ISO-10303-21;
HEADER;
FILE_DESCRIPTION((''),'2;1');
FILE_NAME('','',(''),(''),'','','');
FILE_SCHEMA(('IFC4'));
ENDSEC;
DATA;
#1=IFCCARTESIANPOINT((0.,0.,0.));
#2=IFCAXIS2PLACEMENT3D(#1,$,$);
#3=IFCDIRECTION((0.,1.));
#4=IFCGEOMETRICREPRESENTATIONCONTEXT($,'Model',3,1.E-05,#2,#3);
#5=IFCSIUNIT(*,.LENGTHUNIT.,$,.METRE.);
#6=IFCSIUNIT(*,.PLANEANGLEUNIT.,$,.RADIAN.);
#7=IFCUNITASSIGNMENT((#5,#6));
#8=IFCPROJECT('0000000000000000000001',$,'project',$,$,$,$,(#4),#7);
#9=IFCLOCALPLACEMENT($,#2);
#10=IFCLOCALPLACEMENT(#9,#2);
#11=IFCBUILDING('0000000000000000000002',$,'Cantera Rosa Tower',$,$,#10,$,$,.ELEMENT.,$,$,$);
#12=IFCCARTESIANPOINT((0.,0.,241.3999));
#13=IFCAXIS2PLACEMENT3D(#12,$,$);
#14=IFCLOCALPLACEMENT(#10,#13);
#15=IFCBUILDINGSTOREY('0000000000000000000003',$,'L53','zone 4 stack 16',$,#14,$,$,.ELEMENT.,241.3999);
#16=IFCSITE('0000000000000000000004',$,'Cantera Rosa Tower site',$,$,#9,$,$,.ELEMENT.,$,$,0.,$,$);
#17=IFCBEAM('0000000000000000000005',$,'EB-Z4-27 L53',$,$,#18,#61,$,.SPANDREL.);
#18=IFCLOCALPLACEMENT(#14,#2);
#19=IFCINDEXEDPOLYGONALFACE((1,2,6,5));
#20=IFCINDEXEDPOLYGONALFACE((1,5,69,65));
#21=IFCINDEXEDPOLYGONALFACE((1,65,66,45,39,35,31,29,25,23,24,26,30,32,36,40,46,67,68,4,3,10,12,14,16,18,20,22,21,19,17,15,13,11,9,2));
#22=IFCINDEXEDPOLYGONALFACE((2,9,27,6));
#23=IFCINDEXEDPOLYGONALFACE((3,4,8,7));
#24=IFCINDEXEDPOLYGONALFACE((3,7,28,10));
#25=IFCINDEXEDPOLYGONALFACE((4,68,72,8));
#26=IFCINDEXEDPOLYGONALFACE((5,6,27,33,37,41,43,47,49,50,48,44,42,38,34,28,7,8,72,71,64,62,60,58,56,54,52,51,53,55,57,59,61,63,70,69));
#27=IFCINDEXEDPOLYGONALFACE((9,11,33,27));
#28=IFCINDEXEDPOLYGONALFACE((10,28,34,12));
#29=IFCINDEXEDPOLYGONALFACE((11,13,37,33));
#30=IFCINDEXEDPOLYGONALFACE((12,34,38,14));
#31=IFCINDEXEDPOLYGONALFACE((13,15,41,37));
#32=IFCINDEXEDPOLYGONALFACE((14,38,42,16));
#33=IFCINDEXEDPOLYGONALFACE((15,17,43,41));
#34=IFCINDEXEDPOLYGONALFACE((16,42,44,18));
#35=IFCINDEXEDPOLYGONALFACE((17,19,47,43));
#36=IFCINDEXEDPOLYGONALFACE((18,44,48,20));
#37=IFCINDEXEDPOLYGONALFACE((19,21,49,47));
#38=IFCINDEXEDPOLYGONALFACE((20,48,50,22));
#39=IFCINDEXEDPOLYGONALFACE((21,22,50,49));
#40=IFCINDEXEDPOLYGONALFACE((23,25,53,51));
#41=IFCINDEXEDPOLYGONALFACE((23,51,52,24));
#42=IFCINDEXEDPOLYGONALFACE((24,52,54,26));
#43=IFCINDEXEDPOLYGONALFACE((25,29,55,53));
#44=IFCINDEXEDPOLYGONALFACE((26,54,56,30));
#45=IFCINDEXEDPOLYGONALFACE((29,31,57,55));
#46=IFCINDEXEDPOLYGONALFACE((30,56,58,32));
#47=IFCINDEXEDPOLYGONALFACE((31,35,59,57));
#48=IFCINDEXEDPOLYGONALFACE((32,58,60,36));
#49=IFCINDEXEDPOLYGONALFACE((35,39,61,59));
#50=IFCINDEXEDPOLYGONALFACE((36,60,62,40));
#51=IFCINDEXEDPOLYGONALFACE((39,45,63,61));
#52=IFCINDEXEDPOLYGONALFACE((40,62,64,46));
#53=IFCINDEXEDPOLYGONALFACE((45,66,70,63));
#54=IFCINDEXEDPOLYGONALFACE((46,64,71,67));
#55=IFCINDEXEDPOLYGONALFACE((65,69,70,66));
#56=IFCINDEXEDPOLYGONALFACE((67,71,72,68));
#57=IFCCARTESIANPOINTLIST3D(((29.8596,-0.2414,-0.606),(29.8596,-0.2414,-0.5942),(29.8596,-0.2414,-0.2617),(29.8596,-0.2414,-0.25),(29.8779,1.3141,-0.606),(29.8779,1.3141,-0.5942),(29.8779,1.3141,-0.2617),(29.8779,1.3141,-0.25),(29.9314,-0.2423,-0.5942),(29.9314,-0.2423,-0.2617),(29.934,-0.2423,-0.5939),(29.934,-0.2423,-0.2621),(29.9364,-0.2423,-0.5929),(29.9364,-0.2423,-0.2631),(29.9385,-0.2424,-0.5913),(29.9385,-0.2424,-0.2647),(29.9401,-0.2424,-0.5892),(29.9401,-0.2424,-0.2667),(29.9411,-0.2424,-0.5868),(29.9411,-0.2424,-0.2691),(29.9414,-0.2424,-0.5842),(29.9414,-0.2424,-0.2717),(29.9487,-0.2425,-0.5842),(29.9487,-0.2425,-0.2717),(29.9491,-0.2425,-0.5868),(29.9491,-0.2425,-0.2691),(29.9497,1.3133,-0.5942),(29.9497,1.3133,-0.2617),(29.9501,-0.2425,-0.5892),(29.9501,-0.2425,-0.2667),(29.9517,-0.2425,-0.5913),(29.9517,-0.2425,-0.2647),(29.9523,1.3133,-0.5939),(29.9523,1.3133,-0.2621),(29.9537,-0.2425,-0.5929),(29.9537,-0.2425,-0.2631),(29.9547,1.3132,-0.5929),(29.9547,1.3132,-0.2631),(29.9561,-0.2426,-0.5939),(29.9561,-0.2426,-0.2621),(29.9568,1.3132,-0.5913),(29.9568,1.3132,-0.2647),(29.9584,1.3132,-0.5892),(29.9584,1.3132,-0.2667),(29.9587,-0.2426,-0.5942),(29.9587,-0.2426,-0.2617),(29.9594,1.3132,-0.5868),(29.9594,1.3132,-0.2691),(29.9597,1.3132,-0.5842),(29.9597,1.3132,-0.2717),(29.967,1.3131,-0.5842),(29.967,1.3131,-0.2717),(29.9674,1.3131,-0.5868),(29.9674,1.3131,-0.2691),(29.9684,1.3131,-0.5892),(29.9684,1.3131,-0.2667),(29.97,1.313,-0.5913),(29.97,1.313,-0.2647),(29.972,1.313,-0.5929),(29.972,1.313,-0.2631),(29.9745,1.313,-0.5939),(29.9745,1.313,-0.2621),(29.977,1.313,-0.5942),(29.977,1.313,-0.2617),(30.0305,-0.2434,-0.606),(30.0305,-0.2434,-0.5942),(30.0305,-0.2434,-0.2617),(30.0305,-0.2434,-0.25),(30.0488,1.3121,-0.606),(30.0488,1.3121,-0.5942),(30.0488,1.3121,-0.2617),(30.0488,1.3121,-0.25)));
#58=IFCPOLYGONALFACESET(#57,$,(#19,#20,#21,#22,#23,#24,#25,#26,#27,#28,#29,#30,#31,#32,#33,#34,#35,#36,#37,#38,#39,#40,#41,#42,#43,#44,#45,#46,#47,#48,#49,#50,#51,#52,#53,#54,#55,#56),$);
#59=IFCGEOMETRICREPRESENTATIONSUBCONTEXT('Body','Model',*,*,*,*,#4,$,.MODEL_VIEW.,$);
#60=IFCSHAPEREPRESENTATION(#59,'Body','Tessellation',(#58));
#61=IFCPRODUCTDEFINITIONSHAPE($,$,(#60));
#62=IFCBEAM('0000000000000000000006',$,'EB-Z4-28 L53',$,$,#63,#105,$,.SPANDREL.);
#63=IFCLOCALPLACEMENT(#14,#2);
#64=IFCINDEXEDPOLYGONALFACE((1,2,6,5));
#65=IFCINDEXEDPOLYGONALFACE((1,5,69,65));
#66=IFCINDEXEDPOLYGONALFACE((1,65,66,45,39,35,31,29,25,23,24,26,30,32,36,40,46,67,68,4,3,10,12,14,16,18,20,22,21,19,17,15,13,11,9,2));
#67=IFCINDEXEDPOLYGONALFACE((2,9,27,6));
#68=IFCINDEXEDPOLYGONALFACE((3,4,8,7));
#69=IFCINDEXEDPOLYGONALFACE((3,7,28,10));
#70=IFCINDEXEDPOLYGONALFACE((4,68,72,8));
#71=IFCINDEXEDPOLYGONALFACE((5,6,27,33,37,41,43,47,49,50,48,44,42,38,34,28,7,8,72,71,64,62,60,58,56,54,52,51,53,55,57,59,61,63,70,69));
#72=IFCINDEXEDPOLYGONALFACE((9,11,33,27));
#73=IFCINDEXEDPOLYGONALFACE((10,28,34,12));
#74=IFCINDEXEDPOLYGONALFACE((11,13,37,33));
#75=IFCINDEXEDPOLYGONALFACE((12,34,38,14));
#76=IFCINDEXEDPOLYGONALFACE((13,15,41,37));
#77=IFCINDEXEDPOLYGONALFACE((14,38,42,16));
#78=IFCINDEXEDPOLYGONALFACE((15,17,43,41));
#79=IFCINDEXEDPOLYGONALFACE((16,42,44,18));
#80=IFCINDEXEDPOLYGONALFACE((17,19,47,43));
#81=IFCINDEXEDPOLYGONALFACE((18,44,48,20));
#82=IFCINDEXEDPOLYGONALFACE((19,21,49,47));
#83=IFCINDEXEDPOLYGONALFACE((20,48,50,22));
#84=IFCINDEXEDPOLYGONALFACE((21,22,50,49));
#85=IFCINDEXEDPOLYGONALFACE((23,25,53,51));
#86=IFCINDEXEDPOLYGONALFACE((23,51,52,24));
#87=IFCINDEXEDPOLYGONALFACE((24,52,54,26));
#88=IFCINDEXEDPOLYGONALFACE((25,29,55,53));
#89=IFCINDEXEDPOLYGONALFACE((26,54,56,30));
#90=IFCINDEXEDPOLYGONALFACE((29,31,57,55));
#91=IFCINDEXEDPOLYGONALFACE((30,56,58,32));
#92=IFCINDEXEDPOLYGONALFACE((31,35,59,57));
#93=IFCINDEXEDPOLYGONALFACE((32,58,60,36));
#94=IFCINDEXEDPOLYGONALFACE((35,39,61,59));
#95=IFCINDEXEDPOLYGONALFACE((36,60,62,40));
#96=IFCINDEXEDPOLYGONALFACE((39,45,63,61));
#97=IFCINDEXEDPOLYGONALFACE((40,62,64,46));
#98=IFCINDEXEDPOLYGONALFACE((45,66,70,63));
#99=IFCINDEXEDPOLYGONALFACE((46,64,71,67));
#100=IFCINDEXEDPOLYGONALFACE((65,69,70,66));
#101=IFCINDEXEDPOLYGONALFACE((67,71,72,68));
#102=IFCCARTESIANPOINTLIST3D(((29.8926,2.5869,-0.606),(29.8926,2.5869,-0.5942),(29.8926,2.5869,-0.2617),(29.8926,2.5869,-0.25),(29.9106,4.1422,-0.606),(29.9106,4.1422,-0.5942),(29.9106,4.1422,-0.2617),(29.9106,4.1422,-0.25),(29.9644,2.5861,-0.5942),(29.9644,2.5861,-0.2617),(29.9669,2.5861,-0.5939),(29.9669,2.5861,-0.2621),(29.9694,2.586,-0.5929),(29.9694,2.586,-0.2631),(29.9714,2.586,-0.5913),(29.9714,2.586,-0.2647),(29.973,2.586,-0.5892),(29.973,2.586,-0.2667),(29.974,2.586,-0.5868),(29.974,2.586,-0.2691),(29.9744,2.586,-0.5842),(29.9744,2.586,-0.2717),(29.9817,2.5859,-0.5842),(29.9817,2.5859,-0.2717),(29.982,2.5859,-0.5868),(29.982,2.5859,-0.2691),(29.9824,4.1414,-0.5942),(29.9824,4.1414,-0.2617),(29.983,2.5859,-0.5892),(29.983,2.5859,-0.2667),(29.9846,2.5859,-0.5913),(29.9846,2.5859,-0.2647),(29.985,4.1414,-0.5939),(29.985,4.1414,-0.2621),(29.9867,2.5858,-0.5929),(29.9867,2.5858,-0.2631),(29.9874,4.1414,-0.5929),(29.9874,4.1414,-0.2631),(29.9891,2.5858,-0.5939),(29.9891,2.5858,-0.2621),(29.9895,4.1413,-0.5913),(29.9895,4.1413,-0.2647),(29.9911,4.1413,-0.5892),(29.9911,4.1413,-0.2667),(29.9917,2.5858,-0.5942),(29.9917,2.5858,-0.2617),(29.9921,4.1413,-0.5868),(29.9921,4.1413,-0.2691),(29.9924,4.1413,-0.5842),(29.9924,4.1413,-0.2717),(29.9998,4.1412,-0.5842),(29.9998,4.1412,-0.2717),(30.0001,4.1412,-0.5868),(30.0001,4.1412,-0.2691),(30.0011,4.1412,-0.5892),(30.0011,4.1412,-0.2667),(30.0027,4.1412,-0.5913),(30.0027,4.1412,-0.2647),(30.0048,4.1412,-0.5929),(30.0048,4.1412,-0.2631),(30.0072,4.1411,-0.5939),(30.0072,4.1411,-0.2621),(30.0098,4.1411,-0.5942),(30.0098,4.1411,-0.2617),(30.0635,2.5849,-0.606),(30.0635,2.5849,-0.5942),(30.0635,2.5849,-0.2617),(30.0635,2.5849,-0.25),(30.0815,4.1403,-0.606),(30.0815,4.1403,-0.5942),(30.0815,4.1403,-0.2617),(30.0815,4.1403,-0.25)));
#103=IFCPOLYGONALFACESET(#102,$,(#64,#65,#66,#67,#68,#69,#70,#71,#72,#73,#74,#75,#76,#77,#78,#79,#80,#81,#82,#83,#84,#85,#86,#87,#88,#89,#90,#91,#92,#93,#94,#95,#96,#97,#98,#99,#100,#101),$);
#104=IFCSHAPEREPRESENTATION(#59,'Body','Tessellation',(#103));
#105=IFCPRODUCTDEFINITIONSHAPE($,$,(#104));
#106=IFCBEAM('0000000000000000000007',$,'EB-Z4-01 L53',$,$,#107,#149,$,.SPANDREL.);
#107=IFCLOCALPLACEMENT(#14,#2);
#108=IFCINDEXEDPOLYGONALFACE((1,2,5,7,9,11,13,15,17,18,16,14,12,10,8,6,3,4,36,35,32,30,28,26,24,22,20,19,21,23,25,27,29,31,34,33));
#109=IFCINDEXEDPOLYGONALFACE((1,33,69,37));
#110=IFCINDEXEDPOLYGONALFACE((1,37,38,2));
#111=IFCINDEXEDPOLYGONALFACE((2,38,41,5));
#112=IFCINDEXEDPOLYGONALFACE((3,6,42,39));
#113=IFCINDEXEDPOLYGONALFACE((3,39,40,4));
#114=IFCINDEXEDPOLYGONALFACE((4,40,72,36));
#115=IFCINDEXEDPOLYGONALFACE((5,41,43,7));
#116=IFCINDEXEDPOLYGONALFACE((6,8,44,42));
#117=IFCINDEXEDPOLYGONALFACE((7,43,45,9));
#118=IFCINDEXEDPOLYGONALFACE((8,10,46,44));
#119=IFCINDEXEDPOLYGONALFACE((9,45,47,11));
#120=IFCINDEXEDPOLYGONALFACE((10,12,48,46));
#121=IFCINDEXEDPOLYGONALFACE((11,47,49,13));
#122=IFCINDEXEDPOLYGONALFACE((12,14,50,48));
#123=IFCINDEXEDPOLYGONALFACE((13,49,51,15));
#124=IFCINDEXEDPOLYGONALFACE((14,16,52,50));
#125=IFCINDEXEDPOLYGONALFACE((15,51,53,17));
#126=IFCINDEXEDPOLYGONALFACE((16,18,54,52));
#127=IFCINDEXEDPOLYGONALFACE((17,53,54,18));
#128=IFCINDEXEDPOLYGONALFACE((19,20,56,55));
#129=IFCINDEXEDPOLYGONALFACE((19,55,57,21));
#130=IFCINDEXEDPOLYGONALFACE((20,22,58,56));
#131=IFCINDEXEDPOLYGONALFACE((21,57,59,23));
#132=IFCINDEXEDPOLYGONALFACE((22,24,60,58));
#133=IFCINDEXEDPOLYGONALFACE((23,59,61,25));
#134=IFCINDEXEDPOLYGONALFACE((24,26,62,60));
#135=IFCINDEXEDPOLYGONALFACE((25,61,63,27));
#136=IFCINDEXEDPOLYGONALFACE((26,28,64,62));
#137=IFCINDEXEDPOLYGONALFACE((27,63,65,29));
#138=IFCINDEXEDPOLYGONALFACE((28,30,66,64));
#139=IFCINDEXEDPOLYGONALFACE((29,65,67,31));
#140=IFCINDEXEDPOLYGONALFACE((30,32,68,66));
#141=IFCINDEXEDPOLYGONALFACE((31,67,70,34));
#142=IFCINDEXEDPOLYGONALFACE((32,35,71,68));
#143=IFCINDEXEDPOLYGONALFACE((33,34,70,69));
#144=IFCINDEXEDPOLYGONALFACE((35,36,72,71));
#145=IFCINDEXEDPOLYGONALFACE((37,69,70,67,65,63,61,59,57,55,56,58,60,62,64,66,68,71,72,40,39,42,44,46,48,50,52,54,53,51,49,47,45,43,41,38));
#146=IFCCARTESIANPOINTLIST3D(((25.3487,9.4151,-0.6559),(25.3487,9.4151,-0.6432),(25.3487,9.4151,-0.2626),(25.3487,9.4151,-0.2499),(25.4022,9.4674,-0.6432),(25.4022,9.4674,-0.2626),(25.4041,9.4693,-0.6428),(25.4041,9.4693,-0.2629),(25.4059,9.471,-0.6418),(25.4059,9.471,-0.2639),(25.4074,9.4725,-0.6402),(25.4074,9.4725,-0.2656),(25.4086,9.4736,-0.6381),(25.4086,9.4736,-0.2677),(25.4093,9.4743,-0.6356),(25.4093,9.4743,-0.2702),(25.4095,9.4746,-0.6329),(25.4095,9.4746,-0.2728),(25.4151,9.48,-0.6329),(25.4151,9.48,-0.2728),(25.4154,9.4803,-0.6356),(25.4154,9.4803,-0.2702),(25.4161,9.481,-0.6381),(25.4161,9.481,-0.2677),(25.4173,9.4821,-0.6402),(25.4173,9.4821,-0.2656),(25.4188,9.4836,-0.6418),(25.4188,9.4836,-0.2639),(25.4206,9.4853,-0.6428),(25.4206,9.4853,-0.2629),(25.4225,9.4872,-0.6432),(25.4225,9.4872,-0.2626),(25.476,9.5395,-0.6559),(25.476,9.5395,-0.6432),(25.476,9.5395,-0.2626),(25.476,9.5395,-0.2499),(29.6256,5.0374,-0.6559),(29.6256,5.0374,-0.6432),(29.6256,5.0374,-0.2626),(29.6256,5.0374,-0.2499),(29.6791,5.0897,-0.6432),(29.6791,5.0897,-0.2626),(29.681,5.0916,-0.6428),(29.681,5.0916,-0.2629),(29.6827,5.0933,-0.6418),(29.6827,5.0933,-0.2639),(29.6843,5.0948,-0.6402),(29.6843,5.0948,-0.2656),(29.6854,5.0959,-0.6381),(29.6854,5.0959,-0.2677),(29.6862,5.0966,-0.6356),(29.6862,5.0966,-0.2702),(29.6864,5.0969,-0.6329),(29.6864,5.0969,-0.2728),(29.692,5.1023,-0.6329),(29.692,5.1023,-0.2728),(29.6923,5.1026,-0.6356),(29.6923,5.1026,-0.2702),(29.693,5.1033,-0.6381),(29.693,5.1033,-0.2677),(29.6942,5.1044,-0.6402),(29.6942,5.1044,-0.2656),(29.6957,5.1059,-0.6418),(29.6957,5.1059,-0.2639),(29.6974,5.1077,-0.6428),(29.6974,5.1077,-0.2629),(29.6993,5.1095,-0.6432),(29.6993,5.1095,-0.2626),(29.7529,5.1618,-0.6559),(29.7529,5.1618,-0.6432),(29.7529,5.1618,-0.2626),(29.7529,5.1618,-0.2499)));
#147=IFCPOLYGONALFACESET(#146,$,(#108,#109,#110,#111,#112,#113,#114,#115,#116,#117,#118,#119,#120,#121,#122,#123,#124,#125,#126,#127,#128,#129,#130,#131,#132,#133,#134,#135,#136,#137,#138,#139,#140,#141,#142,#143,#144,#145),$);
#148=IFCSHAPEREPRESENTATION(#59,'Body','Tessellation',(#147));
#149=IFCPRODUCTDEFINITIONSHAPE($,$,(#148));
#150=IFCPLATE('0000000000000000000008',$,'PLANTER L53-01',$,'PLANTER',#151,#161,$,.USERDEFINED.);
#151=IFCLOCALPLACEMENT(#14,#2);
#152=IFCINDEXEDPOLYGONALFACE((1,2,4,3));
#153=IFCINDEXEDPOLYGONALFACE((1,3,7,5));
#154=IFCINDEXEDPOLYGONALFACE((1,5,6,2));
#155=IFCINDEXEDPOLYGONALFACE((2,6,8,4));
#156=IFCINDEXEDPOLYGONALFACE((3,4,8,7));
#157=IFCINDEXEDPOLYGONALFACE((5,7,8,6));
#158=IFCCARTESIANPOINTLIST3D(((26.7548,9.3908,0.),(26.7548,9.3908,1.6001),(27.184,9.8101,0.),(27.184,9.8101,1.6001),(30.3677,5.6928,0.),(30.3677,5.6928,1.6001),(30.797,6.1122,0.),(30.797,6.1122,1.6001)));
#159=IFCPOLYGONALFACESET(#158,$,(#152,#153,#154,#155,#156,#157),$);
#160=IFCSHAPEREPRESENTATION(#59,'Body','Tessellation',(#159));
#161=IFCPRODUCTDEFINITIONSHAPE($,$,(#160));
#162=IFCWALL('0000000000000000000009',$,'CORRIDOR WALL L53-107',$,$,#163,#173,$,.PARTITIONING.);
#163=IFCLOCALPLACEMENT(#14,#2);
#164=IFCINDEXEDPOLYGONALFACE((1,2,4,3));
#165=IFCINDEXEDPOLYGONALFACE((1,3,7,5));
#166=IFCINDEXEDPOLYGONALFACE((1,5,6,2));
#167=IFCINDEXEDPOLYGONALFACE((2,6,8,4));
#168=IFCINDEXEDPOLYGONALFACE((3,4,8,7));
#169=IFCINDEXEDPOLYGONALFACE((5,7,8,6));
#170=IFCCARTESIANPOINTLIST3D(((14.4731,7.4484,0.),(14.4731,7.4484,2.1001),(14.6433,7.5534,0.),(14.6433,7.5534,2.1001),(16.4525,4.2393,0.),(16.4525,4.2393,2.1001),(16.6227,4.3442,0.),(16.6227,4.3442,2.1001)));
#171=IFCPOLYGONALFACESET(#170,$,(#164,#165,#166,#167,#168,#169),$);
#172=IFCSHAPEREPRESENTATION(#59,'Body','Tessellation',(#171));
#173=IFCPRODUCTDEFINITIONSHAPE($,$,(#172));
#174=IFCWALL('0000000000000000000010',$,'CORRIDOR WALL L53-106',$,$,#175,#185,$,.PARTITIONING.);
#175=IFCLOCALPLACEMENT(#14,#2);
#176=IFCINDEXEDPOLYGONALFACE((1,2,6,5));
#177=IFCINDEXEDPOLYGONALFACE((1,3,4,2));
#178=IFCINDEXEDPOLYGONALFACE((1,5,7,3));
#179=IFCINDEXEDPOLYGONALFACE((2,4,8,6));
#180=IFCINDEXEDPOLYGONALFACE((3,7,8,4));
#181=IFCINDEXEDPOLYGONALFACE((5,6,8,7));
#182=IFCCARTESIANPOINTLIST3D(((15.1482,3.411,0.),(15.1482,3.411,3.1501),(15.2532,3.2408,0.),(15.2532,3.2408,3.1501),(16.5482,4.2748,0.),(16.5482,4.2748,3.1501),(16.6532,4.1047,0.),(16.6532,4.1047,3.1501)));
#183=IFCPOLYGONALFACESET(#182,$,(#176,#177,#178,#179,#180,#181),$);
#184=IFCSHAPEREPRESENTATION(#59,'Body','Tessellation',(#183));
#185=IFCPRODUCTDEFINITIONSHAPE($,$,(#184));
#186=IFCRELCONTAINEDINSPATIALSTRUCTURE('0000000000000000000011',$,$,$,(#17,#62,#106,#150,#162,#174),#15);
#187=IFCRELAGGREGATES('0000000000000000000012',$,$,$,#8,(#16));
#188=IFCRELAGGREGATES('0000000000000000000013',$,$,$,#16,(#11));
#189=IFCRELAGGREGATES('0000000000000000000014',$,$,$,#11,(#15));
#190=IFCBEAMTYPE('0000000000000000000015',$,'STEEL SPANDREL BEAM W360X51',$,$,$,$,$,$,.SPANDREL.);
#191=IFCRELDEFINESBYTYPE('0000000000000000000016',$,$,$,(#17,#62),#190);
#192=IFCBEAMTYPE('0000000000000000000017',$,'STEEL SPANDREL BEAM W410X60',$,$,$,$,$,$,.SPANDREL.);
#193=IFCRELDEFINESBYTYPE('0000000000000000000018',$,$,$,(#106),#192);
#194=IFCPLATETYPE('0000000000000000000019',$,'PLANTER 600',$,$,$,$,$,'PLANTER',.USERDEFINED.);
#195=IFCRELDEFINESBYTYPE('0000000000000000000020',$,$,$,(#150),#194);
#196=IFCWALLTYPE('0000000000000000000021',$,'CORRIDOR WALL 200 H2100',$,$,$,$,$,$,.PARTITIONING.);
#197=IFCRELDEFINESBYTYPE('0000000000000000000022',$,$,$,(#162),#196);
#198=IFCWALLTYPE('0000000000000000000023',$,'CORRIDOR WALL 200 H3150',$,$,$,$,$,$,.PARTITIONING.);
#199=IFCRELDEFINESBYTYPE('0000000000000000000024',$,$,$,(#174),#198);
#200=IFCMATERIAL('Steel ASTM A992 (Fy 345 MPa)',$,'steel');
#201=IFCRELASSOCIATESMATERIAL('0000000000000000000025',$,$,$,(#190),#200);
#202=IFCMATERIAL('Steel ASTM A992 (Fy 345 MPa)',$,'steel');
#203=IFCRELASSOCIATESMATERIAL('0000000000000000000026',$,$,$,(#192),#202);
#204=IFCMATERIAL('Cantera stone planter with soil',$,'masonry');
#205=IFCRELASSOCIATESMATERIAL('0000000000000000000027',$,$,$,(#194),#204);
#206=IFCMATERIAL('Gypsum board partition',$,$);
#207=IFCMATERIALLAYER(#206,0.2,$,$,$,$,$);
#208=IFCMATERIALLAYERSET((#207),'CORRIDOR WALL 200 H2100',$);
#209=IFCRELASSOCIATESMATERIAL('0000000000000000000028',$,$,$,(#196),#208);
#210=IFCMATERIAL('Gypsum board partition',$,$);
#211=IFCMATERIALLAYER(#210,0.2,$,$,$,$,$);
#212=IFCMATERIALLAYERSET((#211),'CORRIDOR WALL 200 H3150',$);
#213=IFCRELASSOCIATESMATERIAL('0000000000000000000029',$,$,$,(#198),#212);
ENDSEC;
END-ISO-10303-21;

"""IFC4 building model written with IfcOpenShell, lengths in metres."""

from ifc_helpers import new_model, si_unit, direction, frame, frame_2d, origin, origin_2d, place, context, subcontext, project, spatial, rectangle, i_section, extrude, material, layer, layer_set, material_profile, profile_set, type_object, element, save


model = new_model("IFC4")

# Units and contexts
model_context = context("Model", 3, precision=1e-05, world=origin(), true_north=direction((0.0, 1.0)))
body_context = subcontext(model_context, "Body", "Model", "MODEL_VIEW")
ifc_project = project(units=[si_unit("LENGTHUNIT", "METRE"), si_unit("PLANEANGLEUNIT", "RADIAN")], contexts=[model_context])

# Site, building, storey
site_placement = place(None, origin())
site = spatial("IfcSite", under=ifc_project, at=site_placement, Name="Cantera Rosa Tower site", CompositionType="ELEMENT", RefElevation=0.0)
building_placement = place(site_placement, origin())
building = spatial("IfcBuilding", under=site, at=building_placement, Name="Cantera Rosa Tower", CompositionType="ELEMENT")
storey_placement = place(building_placement, frame((0.0, 0.0, 241.3999)))
storey = spatial("IfcBuildingStorey", under=building, at=storey_placement, Name="L53", Description="zone 4 stack 16", CompositionType="ELEMENT", Elevation=241.3999)

# Beams
ifc_material_1 = material(Name="Steel ASTM A992 (Fy 345 MPa)", Category="steel")
ifc_material_profile_1 = material_profile(ifc_material_1, i_section(OverallWidth=0.1709, OverallDepth=0.356, WebThickness=0.0073, FlangeThickness=0.0117, FilletRadius=0.01, at=origin_2d()), Name="W360X51")
ifc_profile_set_1 = profile_set([ifc_material_profile_1], Name="Steel ASTM A992 (Fy 345 MPa)")
beam_type_1 = type_object("IfcBeamType", Name="STEEL SPANDREL BEAM W360X51", PredefinedType="SPANDREL", material=ifc_profile_set_1)
beam_1_placement = place(storey_placement, frame((29.9451, -0.2424, -0.428), z_axis=(0.011769, 0.999931, 0.0), x_axis=(-0.999931, 0.011769, 0.0)))
element("IfcBeam", 1, at=beam_1_placement, inside=storey, type_object=beam_type_1, Name="EB-Z4-27 L53", PredefinedType="SPANDREL", context=body_context, shape_type="SweptSolid", body=[
    extrude(i_section(OverallWidth=0.1709, OverallDepth=0.356, WebThickness=0.0073, FlangeThickness=0.0117, FilletRadius=0.01, at=origin_2d()), origin(), (0.0, 0.0, 1.0), 1.5557),
])
beam_2_placement = place(storey_placement, frame((29.978, 2.5859, -0.428), z_axis=(0.011614, 0.999933, 0.0), x_axis=(-0.999933, 0.011614, 0.0)))
element("IfcBeam", 2, at=beam_2_placement, inside=storey, type_object=beam_type_1, Name="EB-Z4-28 L53", PredefinedType="SPANDREL", context=body_context, shape_type="SweptSolid", body=[
    extrude(i_section(OverallWidth=0.1709, OverallDepth=0.356, WebThickness=0.0073, FlangeThickness=0.0117, FilletRadius=0.01, at=origin_2d()), origin(), (0.0, 0.0, 1.0), 1.5554),
])
ifc_material_2 = material(Name="Steel ASTM A992 (Fy 345 MPa)", Category="steel")
ifc_material_profile_2 = material_profile(ifc_material_2, i_section(OverallWidth=0.178, OverallDepth=0.406, WebThickness=0.0078, FlangeThickness=0.0127, FilletRadius=0.0103, at=origin_2d()), Name="W410X60")
ifc_profile_set_2 = profile_set([ifc_material_profile_2], Name="Steel ASTM A992 (Fy 345 MPa)")
beam_type_2 = type_object("IfcBeamType", Name="STEEL SPANDREL BEAM W410X60", PredefinedType="SPANDREL", material=ifc_profile_set_2)
beam_3_placement = place(storey_placement, frame((29.6892, 5.0996, -0.4529), z_axis=(-0.698821, 0.715296, 0.0), x_axis=(-0.715296, -0.698821, 0.0)))
element("IfcBeam", 3, at=beam_3_placement, inside=storey, type_object=beam_type_2, Name="EB-Z4-01 L53", PredefinedType="SPANDREL", context=body_context, shape_type="SweptSolid", body=[
    extrude(i_section(OverallWidth=0.178, OverallDepth=0.406, WebThickness=0.0078, FlangeThickness=0.0127, FilletRadius=0.0103, at=origin_2d()), origin(), (0.0, 0.0, 1.0), 6.1201),
])

# Plate
ifc_material_3 = material(Name="Cantera stone planter with soil", Category="masonry")
plate_type = type_object("IfcPlateType", Name="PLANTER 600", ElementType="PLANTER", PredefinedType="USERDEFINED", material=ifc_material_3)
plate_placement = place(storey_placement, frame((28.7759, 7.7515, 0.0), z_axis=(0.0, 0.0, 1.0), x_axis=(-0.698832, 0.715286, 0.0)))
element("IfcPlate", 4, at=plate_placement, inside=storey, type_object=plate_type, Name="PLANTER L53-01", ObjectType="PLANTER", PredefinedType="USERDEFINED", context=body_context, shape_type="SweptSolid", body=[
    extrude(rectangle(XDim=5.1699, YDim=0.6001, at=origin_2d()), origin(), (0.0, 0.0, 1.0), 1.6001),
])

# Walls
ifc_material_4 = material(Name="Gypsum board partition")
ifc_layer_1 = layer(ifc_material_4, 0.2)
ifc_layer_set_1 = layer_set([ifc_layer_1], Name="CORRIDOR WALL 200 H2100")
wall_type_1 = type_object("IfcWallType", Name="CORRIDOR WALL 200 H2100", PredefinedType="PARTITIONING", material=ifc_layer_set_1)
wall_1_placement = place(storey_placement, frame((16.5376, 4.2917, 0.0), z_axis=(0.0, 0.0, 1.0), x_axis=(-0.524979, 0.851115, 0.0)))
element("IfcWall", 5, at=wall_1_placement, inside=storey, type_object=wall_type_1, Name="CORRIDOR WALL L53-107", PredefinedType="PARTITIONING", context=body_context, shape_type="SweptSolid", body=[
    extrude(rectangle(XDim=3.7705, YDim=0.2, at=frame_2d((1.8853, 0.0))), origin(), (0.0, 0.0, 1.0), 2.1001),
])
ifc_material_5 = material(Name="Gypsum board partition")
ifc_layer_2 = layer(ifc_material_5, 0.2)
ifc_layer_set_2 = layer_set([ifc_layer_2], Name="CORRIDOR WALL 200 H3150")
wall_type_2 = type_object("IfcWallType", Name="CORRIDOR WALL 200 H3150", PredefinedType="PARTITIONING", material=ifc_layer_set_2)
wall_2_placement = place(storey_placement, frame((15.2007, 3.3259, 0.0), z_axis=(0.0, 0.0, 1.0), x_axis=(0.851036, 0.525107, 0.0)))
element("IfcWall", 6, at=wall_2_placement, inside=storey, type_object=wall_type_2, Name="CORRIDOR WALL L53-106", PredefinedType="PARTITIONING", context=body_context, shape_type="SweptSolid", body=[
    extrude(rectangle(XDim=1.645, YDim=0.2, at=frame_2d((0.8225, 0.0))), origin(), (0.0, 0.0, 1.0), 3.1501),
])

save(model, "model.ifc")
